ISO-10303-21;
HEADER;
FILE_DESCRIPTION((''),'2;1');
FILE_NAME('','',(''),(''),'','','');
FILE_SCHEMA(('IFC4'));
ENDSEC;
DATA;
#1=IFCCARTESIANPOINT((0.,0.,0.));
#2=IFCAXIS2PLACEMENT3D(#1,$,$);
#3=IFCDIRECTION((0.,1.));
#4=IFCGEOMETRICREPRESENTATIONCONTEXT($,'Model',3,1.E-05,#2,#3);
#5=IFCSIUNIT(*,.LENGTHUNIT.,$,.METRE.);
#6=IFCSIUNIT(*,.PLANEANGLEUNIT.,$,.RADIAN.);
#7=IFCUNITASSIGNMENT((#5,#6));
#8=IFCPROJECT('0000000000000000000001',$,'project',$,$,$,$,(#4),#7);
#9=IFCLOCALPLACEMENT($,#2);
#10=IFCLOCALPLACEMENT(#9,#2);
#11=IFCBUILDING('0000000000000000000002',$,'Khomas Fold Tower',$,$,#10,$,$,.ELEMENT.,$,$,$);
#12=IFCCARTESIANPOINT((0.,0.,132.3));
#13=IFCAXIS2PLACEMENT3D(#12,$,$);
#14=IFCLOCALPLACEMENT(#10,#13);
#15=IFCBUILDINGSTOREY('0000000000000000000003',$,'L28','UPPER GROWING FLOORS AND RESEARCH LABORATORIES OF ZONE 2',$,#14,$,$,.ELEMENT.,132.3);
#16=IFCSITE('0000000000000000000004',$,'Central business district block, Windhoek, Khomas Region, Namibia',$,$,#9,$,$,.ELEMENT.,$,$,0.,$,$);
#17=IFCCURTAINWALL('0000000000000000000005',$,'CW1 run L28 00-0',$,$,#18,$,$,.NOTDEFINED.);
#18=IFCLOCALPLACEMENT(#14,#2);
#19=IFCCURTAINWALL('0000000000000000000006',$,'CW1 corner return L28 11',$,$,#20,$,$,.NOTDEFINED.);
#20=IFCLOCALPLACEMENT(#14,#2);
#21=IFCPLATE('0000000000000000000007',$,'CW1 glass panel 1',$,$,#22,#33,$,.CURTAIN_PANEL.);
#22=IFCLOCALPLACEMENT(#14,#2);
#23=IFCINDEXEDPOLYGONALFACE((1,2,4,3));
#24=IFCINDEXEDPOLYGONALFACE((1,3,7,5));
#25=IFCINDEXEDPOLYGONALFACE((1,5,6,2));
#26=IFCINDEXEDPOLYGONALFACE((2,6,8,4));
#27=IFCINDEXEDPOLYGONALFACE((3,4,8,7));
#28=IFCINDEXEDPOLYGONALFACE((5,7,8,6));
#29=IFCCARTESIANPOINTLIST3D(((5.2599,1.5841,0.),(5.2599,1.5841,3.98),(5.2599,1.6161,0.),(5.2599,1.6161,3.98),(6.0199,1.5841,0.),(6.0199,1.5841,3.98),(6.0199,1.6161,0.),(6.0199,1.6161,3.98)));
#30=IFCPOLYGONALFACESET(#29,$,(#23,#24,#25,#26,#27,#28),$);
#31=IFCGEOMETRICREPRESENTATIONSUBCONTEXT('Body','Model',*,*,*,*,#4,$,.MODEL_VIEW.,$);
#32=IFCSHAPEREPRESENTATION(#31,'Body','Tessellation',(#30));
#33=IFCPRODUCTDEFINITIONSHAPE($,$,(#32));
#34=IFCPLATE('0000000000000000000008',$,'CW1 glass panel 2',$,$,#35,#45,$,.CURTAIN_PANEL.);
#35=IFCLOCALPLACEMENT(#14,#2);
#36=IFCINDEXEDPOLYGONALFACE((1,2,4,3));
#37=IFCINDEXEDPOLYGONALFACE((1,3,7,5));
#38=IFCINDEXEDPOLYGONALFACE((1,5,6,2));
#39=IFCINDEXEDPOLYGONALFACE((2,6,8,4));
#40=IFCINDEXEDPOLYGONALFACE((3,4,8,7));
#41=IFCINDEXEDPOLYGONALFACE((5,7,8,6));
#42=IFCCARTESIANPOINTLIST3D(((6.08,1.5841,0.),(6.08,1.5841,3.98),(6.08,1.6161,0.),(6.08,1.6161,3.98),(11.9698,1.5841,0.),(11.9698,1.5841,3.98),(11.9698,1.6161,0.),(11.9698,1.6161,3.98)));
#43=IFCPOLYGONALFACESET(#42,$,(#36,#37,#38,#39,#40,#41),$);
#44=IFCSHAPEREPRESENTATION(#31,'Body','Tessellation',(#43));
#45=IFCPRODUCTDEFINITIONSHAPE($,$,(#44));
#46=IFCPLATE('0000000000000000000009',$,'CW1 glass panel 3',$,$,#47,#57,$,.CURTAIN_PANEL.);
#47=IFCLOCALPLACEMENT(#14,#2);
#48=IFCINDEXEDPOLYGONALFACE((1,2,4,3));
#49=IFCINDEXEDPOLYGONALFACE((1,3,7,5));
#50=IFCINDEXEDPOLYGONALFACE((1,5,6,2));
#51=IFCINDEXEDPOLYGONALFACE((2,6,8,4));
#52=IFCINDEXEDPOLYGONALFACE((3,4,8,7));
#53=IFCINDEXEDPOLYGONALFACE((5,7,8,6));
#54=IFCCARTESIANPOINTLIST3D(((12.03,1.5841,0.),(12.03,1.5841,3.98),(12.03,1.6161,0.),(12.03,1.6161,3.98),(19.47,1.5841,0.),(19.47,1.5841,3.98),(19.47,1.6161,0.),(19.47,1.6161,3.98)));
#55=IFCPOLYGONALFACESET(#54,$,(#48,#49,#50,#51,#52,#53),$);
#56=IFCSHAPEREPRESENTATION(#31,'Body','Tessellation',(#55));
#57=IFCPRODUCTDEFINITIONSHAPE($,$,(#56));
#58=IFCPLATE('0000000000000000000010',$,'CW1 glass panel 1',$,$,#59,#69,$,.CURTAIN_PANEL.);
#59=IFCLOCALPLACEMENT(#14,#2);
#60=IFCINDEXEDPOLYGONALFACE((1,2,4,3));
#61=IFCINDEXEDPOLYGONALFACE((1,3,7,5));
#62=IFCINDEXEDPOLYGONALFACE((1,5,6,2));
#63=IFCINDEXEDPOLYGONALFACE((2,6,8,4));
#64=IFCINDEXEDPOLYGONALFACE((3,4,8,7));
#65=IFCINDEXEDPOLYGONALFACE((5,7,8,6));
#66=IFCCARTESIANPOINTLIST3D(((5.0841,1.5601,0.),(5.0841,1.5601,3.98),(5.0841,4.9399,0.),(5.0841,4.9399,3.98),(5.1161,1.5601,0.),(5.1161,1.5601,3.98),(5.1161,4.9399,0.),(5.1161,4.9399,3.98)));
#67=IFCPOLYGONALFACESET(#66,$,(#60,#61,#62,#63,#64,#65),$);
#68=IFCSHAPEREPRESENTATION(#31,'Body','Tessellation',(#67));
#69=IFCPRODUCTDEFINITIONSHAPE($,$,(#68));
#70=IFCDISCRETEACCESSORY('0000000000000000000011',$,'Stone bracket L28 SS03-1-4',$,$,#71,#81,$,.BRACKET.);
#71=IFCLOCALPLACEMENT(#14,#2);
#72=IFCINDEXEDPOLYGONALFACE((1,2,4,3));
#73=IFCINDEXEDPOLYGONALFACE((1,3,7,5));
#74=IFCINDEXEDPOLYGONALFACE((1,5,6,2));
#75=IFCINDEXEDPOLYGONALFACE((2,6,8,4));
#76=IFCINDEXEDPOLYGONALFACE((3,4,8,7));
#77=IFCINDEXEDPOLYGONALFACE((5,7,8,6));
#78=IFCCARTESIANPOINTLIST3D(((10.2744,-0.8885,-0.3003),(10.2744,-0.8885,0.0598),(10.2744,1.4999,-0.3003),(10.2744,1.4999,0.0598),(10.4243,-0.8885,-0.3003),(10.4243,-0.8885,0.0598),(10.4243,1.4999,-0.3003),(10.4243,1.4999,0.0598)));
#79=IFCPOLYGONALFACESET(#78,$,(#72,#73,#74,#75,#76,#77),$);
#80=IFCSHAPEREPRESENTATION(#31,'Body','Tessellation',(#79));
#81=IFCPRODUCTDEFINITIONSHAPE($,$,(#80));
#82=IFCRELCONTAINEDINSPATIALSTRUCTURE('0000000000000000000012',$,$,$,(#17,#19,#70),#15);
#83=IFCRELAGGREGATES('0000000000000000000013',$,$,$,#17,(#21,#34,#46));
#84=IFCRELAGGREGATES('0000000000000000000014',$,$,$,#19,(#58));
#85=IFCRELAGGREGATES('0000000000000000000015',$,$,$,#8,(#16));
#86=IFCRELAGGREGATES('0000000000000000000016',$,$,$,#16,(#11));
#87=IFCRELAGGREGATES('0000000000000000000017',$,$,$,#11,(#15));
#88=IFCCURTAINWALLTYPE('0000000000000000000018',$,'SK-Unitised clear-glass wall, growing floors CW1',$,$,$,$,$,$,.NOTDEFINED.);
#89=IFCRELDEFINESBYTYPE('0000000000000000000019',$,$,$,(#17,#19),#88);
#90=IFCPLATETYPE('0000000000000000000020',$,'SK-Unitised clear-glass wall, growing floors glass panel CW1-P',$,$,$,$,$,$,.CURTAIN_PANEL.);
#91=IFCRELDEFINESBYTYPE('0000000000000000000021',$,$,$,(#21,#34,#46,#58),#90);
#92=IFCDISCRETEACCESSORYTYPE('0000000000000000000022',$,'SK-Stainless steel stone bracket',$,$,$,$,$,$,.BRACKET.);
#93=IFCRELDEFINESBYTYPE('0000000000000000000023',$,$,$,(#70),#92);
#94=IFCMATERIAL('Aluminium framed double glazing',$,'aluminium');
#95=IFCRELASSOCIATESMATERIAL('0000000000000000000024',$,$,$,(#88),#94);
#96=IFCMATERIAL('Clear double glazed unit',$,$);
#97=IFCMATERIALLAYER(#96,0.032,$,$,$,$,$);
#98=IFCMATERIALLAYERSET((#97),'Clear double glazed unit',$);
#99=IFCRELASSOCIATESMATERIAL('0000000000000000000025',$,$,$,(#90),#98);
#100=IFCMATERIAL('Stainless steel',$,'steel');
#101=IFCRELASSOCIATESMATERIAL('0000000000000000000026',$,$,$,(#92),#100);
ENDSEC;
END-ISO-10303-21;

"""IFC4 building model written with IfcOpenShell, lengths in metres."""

from ifc_helpers import new_model, si_unit, direction, frame, origin, origin_2d, place, context, subcontext, project, spatial, rectangle, extrude, source, transform, mapped, material, layer, layer_set, type_object, element, aggregate, save


model = new_model("IFC4")

# Units and contexts
model_context = context("Model", 3, precision=1e-05, world=origin(), true_north=direction((0.0, 1.0)))
body_context = subcontext(model_context, "Body", "Model", "MODEL_VIEW")
ifc_project = project(units=[si_unit("LENGTHUNIT", "METRE"), si_unit("PLANEANGLEUNIT", "RADIAN")], contexts=[model_context])

# Site, building, storey
site_placement = place(None, origin())
site = spatial("IfcSite", under=ifc_project, at=site_placement, Name="Central business district block, Windhoek, Khomas Region, Namibia", CompositionType="ELEMENT", RefElevation=0.0)
building_placement = place(site_placement, origin())
building = spatial("IfcBuilding", under=site, at=building_placement, Name="Khomas Fold Tower", CompositionType="ELEMENT")
storey_placement = place(building_placement, frame((0.0, 0.0, 132.3)))
storey = spatial("IfcBuildingStorey", under=building, at=storey_placement, Name="L28", Description="UPPER GROWING FLOORS AND RESEARCH LABORATORIES OF ZONE 2", CompositionType="ELEMENT", Elevation=132.3)

# Curtain wall
ifc_material_1 = material(Name="Aluminium framed double glazing", Category="aluminium")
curtain_wall_type = type_object("IfcCurtainWallType", Name="SK-Unitised clear-glass wall, growing floors CW1", PredefinedType="NOTDEFINED", material=ifc_material_1)
curtain_wall_1_placement = place(storey_placement, origin())
curtain_wall_1 = element("IfcCurtainWall", 1, at=curtain_wall_1_placement, inside=storey, type_object=curtain_wall_type, Name="CW1 run L28 00-0", PredefinedType="NOTDEFINED")

# Curtain wall
curtain_wall_2_placement = place(storey_placement, origin())
curtain_wall_2 = element("IfcCurtainWall", 2, at=curtain_wall_2_placement, inside=storey, type_object=curtain_wall_type, Name="CW1 corner return L28 11", PredefinedType="NOTDEFINED")

# Plates
ifc_material_2 = material(Name="Clear double glazed unit")
ifc_layer = layer(ifc_material_2, 0.032)
ifc_layer_set = layer_set([ifc_layer], Name="Clear double glazed unit")
plate_type = type_object("IfcPlateType", Name="SK-Unitised clear-glass wall, growing floors glass panel CW1-P", PredefinedType="CURTAIN_PANEL", material=ifc_layer_set)
shared_shape_1 = source(origin(), body_context, "Body", "SweptSolid", [
    extrude(rectangle(XDim=0.76, YDim=0.032, at=origin_2d()), origin(), (0.0, 0.0, 1.0), 3.98),
])
plate_1_placement = place(storey_placement, frame((5.6399, 1.6001, 0.0), z_axis=(0.0, 0.0, 1.0), x_axis=(1.0, 0.0, 0.0)))
plate_1 = element("IfcPlate", 3, at=plate_1_placement, type_object=plate_type, Name="CW1 glass panel 1", PredefinedType="CURTAIN_PANEL", context=body_context, shape_type="MappedRepresentation", body=[
    mapped(shared_shape_1, transform((0.0, 0.0, 0.0))),
])
shared_shape_2 = source(origin(), body_context, "Body", "SweptSolid", [
    extrude(rectangle(XDim=5.8899, YDim=0.032, at=origin_2d()), origin(), (0.0, 0.0, 1.0), 3.98),
])
plate_2_placement = place(storey_placement, frame((9.0249, 1.6001, 0.0), z_axis=(0.0, 0.0, 1.0), x_axis=(1.0, 0.0, 0.0)))
plate_2 = element("IfcPlate", 4, at=plate_2_placement, type_object=plate_type, Name="CW1 glass panel 2", PredefinedType="CURTAIN_PANEL", context=body_context, shape_type="MappedRepresentation", body=[
    mapped(shared_shape_2, transform((0.0, 0.0, 0.0))),
])
shared_shape_3 = source(origin(), body_context, "Body", "SweptSolid", [
    extrude(rectangle(XDim=7.4399, YDim=0.032, at=origin_2d()), origin(), (0.0, 0.0, 1.0), 3.98),
])
plate_3_placement = place(storey_placement, frame((15.75, 1.6001, 0.0), z_axis=(0.0, 0.0, 1.0), x_axis=(1.0, 0.0, 0.0)))
plate_3 = element("IfcPlate", 5, at=plate_3_placement, type_object=plate_type, Name="CW1 glass panel 3", PredefinedType="CURTAIN_PANEL", context=body_context, shape_type="MappedRepresentation", body=[
    mapped(shared_shape_3, transform((0.0, 0.0, 0.0))),
])
aggregate(curtain_wall_1, [plate_1, plate_2, plate_3])
shared_shape_4 = source(origin(), body_context, "Body", "SweptSolid", [
    extrude(rectangle(XDim=3.3799, YDim=0.032, at=origin_2d()), origin(), (0.0, 0.0, 1.0), 3.98),
])
plate_4_placement = place(storey_placement, frame((5.1001, 3.25, 0.0), z_axis=(0.0, 0.0, 1.0), x_axis=(0.0, -1.0, 0.0)))
plate_4 = element("IfcPlate", 6, at=plate_4_placement, type_object=plate_type, Name="CW1 glass panel 1", PredefinedType="CURTAIN_PANEL", context=body_context, shape_type="MappedRepresentation", body=[
    mapped(shared_shape_4, transform((0.0, 0.0, 0.0))),
])
aggregate(curtain_wall_2, [plate_4])

# Discrete accessory
ifc_material_3 = material(Name="Stainless steel", Category="steel")
discrete_accessory_type = type_object("IfcDiscreteAccessoryType", Name="SK-Stainless steel stone bracket", PredefinedType="BRACKET", material=ifc_material_3)
shared_shape_5 = source(origin(), body_context, "Body", "SweptSolid", [
    extrude(rectangle(XDim=2.3884, YDim=0.1499, at=origin_2d()), origin(), (0.0, 0.0, 1.0), 0.3601),
])
discrete_accessory_placement = place(storey_placement, frame((10.3494, 0.3057, -0.3003), z_axis=(0.0, 0.0, 1.0), x_axis=(0.0, -1.0, 0.0)))
element("IfcDiscreteAccessory", 7, at=discrete_accessory_placement, inside=storey, type_object=discrete_accessory_type, Name="Stone bracket L28 SS03-1-4", PredefinedType="BRACKET", context=body_context, shape_type="MappedRepresentation", body=[
    mapped(shared_shape_5, transform((0.0, 0.0, 0.0))),
])

save(model, "model.ifc")
